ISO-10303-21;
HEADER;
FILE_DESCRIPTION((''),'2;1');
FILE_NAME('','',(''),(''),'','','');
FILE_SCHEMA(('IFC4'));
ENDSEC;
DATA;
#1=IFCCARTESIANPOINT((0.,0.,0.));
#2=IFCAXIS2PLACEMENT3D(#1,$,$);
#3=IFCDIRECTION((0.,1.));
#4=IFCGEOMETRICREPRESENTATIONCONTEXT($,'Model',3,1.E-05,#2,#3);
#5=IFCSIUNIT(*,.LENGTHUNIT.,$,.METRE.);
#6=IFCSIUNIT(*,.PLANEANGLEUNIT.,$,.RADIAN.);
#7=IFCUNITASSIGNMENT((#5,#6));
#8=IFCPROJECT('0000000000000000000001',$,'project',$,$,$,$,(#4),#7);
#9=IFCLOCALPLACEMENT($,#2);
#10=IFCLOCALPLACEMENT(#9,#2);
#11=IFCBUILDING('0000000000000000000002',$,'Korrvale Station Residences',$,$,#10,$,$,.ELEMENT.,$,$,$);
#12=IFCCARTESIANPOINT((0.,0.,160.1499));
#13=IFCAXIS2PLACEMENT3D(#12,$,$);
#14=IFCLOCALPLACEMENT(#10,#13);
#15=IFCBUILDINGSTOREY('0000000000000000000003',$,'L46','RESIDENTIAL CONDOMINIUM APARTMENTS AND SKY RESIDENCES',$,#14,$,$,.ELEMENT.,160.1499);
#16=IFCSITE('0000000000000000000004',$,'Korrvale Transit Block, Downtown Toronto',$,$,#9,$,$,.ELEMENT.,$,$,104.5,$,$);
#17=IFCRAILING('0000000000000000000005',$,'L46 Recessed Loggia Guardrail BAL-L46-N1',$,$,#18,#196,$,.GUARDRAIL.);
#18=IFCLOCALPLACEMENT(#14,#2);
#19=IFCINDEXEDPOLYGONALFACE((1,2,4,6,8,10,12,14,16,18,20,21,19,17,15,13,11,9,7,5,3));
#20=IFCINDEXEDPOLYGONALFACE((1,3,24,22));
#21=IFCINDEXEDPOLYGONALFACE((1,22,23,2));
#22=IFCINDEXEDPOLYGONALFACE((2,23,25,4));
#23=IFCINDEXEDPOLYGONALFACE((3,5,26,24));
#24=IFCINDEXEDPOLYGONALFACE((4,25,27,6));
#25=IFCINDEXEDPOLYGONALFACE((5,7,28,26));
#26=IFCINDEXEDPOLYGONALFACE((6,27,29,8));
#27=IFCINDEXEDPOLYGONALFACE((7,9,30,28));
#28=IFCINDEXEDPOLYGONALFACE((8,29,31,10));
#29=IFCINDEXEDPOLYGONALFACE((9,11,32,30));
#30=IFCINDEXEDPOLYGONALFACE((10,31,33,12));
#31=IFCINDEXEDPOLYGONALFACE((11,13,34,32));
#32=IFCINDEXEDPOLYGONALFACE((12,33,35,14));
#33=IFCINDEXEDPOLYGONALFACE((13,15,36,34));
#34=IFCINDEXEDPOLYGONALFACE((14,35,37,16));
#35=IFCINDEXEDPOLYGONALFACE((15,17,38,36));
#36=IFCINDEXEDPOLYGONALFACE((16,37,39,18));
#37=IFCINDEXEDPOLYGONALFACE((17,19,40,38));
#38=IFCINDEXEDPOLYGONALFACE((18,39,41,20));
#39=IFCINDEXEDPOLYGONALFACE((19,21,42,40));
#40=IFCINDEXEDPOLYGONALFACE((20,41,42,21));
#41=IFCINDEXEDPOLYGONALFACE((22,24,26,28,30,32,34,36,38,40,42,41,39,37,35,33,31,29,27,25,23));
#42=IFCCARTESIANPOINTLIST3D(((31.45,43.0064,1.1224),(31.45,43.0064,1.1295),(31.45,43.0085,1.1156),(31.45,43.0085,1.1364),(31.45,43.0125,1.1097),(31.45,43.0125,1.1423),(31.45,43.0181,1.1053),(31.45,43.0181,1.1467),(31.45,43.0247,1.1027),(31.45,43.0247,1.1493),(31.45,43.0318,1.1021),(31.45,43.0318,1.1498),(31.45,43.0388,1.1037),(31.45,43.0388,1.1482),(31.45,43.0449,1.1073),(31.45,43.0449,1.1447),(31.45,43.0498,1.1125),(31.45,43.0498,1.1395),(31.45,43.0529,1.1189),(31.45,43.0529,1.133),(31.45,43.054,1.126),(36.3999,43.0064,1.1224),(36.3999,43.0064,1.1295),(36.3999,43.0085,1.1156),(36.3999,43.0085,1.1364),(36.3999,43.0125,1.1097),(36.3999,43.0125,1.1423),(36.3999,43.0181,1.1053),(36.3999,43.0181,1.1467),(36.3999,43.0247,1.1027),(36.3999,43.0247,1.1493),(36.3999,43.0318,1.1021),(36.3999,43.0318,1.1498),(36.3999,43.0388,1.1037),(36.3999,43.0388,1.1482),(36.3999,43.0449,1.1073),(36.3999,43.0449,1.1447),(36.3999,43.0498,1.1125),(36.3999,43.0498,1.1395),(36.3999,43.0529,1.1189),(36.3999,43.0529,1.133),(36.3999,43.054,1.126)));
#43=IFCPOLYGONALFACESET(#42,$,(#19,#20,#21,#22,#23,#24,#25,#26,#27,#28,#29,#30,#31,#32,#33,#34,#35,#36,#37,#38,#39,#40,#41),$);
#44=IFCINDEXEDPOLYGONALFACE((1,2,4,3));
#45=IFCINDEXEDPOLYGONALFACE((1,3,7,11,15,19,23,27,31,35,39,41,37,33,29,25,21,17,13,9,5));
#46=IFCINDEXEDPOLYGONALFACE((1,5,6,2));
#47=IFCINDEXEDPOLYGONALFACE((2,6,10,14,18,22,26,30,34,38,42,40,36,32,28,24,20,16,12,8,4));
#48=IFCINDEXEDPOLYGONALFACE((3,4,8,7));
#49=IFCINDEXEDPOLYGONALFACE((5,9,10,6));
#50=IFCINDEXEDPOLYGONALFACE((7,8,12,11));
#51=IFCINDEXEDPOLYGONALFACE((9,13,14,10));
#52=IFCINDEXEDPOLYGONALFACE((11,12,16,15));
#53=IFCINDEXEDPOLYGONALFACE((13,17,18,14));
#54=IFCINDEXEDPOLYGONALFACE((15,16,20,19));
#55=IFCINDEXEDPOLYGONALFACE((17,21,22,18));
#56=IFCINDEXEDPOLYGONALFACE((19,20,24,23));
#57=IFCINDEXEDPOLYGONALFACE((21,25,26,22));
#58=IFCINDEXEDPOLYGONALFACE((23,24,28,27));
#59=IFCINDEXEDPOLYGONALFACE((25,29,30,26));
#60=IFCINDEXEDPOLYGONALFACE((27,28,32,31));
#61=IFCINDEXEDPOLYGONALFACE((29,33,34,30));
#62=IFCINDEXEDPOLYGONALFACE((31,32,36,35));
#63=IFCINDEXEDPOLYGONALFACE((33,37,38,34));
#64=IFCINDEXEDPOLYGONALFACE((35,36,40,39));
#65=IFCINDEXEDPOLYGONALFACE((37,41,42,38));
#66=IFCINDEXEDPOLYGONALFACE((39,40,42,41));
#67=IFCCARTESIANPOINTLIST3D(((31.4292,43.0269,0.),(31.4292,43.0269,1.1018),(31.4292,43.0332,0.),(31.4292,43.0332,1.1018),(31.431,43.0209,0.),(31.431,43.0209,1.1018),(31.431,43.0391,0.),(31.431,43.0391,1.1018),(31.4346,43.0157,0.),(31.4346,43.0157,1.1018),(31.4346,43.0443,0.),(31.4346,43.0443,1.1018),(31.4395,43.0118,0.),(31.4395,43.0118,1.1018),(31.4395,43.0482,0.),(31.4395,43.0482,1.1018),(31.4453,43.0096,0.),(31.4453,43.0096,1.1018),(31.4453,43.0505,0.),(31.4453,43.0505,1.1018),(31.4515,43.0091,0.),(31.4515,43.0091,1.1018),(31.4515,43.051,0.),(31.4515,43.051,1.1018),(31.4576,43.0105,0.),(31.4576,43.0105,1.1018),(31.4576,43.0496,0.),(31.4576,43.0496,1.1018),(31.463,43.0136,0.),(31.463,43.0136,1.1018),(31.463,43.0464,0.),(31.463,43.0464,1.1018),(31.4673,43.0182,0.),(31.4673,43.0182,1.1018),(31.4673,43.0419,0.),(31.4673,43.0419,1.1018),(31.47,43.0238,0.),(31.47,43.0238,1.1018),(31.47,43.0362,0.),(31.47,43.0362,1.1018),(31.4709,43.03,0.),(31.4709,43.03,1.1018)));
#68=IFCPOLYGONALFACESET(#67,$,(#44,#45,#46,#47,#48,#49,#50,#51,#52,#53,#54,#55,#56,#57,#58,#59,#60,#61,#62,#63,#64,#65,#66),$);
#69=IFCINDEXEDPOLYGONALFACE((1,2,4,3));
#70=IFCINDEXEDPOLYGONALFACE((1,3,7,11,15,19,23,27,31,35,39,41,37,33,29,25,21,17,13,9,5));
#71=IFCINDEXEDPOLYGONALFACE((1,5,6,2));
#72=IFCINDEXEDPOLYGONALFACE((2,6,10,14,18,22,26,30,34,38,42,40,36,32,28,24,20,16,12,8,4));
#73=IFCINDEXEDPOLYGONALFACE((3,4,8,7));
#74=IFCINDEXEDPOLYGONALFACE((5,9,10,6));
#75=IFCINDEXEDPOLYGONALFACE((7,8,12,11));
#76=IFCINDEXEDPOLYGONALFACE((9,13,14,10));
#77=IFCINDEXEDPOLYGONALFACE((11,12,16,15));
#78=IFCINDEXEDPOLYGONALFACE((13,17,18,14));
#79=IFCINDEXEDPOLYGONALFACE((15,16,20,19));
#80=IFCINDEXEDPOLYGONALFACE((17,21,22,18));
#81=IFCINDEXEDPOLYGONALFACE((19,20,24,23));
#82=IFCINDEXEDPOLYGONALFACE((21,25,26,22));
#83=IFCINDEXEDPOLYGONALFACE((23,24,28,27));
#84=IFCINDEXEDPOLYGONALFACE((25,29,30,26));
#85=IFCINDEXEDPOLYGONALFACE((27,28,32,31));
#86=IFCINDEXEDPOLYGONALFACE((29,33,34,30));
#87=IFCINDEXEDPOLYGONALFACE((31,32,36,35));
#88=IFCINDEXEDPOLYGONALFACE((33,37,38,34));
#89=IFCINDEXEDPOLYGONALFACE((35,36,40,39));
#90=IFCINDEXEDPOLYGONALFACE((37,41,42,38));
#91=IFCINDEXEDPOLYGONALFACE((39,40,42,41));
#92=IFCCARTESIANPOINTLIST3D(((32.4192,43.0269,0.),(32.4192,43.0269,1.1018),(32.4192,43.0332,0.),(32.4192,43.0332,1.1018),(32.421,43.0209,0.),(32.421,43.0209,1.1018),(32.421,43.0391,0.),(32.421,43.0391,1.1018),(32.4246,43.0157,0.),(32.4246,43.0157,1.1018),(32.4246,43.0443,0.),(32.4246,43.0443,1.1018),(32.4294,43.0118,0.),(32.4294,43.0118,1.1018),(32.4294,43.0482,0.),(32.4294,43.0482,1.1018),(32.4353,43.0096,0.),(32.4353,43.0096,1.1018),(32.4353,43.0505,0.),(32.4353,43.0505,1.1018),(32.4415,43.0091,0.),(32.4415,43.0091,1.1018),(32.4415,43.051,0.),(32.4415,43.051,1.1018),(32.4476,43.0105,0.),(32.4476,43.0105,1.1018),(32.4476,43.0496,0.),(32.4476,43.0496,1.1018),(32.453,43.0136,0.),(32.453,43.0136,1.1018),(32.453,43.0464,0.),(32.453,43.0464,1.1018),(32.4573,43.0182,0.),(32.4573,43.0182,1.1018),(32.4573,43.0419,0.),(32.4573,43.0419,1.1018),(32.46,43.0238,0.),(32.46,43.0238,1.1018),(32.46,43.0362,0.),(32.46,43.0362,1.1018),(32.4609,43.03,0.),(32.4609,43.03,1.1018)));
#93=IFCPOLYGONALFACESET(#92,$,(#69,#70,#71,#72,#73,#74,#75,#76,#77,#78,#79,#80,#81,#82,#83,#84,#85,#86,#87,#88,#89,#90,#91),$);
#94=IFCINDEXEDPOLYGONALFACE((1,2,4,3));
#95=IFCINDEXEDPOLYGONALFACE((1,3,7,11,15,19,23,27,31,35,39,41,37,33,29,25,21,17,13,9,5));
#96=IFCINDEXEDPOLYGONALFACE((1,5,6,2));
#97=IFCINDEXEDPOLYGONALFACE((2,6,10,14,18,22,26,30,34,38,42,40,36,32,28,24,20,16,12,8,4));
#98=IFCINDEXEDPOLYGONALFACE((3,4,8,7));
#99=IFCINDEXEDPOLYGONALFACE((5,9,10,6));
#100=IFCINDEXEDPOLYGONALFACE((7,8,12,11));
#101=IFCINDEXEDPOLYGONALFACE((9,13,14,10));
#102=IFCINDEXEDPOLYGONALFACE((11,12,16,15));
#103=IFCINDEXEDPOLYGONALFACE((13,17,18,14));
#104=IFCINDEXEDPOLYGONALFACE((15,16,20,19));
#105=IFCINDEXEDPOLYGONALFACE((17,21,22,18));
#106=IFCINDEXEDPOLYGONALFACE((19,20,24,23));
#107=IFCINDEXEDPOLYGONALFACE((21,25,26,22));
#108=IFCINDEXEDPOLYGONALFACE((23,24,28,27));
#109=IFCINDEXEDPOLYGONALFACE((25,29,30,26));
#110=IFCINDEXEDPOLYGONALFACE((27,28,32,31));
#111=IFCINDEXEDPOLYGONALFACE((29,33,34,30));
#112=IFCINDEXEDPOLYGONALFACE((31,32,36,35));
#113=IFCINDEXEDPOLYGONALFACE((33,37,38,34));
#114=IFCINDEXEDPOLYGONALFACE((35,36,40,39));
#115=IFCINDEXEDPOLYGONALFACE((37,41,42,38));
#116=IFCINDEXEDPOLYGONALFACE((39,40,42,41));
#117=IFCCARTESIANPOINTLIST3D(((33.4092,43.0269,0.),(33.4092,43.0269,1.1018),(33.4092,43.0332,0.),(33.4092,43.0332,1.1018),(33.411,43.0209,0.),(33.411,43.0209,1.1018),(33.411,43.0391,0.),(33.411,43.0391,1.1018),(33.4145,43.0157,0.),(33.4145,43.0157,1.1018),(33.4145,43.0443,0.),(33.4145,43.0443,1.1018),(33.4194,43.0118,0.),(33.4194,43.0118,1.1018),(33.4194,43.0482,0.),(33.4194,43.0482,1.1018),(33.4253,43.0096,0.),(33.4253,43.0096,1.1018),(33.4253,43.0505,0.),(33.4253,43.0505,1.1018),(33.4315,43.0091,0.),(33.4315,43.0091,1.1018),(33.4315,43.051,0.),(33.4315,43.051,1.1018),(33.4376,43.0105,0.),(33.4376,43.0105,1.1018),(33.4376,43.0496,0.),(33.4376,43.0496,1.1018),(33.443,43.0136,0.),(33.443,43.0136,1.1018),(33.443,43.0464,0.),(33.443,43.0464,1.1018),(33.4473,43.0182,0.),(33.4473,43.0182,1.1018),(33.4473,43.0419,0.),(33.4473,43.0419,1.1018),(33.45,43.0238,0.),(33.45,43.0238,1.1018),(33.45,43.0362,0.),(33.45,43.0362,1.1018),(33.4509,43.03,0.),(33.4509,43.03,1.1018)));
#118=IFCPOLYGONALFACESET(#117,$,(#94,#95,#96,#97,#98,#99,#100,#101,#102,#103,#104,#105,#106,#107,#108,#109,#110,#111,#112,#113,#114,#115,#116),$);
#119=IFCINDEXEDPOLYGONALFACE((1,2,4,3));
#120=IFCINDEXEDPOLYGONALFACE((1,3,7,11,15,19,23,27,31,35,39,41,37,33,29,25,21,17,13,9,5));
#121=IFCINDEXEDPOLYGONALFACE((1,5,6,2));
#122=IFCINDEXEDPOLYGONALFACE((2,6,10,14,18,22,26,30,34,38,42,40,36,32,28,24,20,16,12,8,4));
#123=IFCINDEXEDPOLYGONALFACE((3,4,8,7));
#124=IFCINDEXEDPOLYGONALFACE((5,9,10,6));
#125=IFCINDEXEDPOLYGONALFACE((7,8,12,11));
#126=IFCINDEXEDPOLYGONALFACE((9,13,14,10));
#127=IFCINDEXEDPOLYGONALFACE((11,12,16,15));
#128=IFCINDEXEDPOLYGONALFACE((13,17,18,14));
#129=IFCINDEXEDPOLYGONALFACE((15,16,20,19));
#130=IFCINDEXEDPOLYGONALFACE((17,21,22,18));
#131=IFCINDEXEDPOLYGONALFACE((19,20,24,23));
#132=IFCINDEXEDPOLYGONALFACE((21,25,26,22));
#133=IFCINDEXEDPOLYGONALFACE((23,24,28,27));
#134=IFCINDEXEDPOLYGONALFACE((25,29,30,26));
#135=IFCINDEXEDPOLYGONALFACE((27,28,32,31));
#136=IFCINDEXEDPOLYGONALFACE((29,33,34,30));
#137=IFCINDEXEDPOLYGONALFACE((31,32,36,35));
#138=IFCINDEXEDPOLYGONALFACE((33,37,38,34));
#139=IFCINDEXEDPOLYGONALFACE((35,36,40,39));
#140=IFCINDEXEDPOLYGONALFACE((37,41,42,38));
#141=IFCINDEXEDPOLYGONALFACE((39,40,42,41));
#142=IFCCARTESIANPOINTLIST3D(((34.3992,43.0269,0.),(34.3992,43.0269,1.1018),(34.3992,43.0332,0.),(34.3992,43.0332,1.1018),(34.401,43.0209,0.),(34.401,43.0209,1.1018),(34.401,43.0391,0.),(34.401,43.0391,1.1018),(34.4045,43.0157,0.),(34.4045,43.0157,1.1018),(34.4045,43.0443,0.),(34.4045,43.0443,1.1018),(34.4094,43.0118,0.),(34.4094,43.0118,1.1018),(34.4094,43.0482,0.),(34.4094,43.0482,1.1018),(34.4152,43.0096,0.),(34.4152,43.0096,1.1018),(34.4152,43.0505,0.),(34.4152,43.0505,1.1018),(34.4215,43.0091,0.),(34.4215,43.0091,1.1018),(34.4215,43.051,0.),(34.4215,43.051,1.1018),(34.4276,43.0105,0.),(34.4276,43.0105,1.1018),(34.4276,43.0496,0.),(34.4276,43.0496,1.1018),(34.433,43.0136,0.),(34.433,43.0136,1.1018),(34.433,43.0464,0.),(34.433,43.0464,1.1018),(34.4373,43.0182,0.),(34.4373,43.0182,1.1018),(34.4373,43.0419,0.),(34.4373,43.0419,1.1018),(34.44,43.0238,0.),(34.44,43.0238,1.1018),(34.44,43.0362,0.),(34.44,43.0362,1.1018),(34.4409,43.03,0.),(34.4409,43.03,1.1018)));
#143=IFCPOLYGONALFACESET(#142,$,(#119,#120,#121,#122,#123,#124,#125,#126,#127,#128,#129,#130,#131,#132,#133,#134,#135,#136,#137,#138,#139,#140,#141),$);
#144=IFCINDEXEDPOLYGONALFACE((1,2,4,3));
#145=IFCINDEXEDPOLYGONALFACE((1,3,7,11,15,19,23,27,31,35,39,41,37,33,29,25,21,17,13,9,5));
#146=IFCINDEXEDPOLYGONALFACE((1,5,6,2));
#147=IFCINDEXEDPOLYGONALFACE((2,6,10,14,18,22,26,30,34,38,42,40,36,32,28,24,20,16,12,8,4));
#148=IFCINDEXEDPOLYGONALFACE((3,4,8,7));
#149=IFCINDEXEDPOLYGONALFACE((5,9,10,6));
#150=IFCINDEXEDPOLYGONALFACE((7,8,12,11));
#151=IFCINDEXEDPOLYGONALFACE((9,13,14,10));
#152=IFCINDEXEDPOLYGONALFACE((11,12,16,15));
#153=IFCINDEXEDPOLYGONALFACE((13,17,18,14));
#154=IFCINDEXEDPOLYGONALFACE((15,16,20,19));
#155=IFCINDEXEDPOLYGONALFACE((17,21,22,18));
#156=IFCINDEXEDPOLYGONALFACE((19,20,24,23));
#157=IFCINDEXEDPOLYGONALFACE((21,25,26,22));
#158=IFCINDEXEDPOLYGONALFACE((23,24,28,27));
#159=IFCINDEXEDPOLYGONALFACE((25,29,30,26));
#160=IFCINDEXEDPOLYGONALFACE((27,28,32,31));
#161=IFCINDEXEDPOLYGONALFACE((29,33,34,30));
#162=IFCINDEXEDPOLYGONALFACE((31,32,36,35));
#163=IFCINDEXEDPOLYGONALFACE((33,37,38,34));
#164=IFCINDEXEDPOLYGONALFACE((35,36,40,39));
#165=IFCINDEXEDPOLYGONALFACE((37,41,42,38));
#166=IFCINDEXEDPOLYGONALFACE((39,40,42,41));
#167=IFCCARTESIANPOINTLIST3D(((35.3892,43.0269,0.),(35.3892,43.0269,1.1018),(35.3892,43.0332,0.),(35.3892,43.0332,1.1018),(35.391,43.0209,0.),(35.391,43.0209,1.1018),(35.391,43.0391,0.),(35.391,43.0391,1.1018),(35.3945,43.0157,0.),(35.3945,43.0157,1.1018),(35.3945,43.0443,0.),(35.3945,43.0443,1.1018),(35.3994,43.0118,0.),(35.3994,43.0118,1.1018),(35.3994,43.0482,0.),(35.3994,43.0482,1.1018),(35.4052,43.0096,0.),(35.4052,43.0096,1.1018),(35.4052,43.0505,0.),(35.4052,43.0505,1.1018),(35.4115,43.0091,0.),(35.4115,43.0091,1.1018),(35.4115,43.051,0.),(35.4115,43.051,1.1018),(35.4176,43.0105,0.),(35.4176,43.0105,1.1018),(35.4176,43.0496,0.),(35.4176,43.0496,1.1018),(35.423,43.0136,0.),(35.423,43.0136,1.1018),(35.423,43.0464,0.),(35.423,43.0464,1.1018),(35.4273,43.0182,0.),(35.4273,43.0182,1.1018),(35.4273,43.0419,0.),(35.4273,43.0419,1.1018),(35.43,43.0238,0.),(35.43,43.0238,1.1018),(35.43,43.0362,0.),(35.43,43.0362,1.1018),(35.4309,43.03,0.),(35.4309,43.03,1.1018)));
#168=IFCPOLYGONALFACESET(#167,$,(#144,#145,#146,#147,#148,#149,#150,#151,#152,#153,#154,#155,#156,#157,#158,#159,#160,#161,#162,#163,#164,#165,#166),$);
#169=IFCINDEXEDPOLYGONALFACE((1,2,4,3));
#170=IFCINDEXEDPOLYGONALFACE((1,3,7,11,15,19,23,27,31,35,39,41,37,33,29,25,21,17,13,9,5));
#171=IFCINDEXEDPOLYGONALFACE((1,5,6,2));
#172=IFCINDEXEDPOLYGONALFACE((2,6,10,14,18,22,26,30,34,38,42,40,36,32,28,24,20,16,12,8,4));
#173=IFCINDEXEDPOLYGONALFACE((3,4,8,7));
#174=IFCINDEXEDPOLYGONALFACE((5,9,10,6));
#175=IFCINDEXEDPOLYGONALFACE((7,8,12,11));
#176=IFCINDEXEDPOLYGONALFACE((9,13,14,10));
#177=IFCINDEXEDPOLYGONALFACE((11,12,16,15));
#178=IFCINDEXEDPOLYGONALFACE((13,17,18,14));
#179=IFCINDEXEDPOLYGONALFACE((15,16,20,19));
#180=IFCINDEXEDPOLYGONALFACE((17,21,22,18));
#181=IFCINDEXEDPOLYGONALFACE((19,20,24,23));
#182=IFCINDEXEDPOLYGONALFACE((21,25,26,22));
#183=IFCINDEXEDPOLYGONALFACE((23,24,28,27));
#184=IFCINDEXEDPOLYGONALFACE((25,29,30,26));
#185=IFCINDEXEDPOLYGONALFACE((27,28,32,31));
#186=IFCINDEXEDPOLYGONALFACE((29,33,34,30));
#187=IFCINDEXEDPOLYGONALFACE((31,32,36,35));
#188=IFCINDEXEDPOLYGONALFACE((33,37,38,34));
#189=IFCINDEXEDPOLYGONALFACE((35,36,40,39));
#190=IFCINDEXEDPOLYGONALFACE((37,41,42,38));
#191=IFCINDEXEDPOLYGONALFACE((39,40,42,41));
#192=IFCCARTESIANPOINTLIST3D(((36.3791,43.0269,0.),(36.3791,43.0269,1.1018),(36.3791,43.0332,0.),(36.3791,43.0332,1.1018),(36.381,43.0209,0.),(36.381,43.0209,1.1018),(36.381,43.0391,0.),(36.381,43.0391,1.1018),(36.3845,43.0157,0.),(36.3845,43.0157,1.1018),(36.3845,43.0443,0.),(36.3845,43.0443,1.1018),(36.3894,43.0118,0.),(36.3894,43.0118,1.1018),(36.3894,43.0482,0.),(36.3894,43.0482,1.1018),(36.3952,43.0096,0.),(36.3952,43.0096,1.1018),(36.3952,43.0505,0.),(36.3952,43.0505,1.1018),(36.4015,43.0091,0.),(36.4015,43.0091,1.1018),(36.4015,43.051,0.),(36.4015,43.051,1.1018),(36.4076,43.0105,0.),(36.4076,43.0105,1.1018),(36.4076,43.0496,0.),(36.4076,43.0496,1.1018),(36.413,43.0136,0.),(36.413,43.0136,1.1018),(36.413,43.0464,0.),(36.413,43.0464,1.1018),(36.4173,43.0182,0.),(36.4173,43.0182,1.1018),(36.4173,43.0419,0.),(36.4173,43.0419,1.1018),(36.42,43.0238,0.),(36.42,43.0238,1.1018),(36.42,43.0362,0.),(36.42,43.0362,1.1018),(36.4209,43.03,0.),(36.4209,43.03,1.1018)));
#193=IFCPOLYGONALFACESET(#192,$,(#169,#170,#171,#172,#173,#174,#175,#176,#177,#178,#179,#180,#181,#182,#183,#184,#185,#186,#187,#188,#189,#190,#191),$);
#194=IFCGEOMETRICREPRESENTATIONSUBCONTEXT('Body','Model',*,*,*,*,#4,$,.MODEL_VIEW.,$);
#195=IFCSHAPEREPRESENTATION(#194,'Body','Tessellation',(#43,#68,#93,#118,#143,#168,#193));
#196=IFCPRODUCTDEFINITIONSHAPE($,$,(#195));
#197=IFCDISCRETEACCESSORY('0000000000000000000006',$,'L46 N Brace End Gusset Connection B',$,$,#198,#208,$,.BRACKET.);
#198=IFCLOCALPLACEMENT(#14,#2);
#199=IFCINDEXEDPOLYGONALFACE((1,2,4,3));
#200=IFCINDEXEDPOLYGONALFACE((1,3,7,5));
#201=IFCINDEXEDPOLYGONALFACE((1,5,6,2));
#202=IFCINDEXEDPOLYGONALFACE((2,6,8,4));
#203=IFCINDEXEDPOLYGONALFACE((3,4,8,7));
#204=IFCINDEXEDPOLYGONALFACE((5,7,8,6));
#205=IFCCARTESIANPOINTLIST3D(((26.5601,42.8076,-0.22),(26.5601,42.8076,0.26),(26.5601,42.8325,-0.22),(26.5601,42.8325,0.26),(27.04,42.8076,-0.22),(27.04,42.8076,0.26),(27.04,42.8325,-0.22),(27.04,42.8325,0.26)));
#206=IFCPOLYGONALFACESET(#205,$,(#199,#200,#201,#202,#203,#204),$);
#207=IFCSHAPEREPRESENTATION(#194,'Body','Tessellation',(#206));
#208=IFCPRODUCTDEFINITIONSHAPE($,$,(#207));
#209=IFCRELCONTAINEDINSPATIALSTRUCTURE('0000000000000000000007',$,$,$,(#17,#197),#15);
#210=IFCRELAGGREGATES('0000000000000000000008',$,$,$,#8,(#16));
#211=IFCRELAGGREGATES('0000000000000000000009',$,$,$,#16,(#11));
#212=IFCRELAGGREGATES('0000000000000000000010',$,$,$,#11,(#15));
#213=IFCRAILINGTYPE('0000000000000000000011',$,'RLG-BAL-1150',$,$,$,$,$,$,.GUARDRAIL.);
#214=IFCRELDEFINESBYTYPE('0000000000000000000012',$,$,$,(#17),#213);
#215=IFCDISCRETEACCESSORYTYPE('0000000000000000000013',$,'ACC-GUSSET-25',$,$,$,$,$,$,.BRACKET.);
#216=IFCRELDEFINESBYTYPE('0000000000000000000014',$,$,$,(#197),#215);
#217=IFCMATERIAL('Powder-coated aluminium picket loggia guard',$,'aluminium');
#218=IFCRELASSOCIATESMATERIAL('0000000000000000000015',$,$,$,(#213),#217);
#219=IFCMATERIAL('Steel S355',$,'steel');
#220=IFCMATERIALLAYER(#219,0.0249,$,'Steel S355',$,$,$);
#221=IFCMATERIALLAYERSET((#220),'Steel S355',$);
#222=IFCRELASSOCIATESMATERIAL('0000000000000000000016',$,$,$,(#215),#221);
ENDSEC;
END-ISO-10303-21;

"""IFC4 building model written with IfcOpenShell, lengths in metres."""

from ifc_helpers import new_model, si_unit, direction, frame, origin, origin_2d, place, context, subcontext, project, spatial, rectangle, circle, extrude, material, layer, layer_set, type_object, element, save


model = new_model("IFC4")

# Units and contexts
model_context = context("Model", 3, precision=1e-05, world=origin(), true_north=direction((0.0, 1.0)))
body_context = subcontext(model_context, "Body", "Model", "MODEL_VIEW")
ifc_project = project(units=[si_unit("LENGTHUNIT", "METRE"), si_unit("PLANEANGLEUNIT", "RADIAN")], contexts=[model_context])

# Site, building, storey
site_placement = place(None, origin())
site = spatial("IfcSite", under=ifc_project, at=site_placement, Name="Korrvale Transit Block, Downtown Toronto", CompositionType="ELEMENT", RefElevation=104.5)
building_placement = place(site_placement, origin())
building = spatial("IfcBuilding", under=site, at=building_placement, Name="Korrvale Station Residences", CompositionType="ELEMENT")
storey_placement = place(building_placement, frame((0.0, 0.0, 160.1499)))
storey = spatial("IfcBuildingStorey", under=building, at=storey_placement, Name="L46", Description="RESIDENTIAL CONDOMINIUM APARTMENTS AND SKY RESIDENCES", CompositionType="ELEMENT", Elevation=160.1499)

# Shared definitions
ifc_material_1 = material(Name="Steel S355", Category="steel")

# Railing
ifc_material_2 = material(Name="Powder-coated aluminium picket loggia guard", Category="aluminium")
railing_type = type_object("IfcRailingType", Name="RLG-BAL-1150", PredefinedType="GUARDRAIL", material=ifc_material_2)
railing_placement = place(storey_placement, frame((31.45, 43.03, 0.0)))
element("IfcRailing", 1, at=railing_placement, inside=storey, type_object=railing_type, Name="L46 Recessed Loggia Guardrail BAL-L46-N1", PredefinedType="GUARDRAIL", context=body_context, shape_type="SweptSolid", body=[
    extrude(circle(Radius=0.0239, at=origin_2d()), frame((0.0, 0.0, 1.126), z_axis=(1.0, 0.0, 0.0), x_axis=(0.0, 1.0, 0.0)), (0.0, 0.0, 1.0), 4.95),
    extrude(circle(Radius=0.021, at=origin_2d()), origin(), (0.0, 0.0, 1.0), 1.1018),
    extrude(circle(Radius=0.021, at=origin_2d()), frame((0.99, 0.0, 0.0)), (0.0, 0.0, 1.0), 1.1018),
    extrude(circle(Radius=0.021, at=origin_2d()), frame((1.98, 0.0, 0.0)), (0.0, 0.0, 1.0), 1.1018),
    extrude(circle(Radius=0.021, at=origin_2d()), frame((2.97, 0.0, 0.0)), (0.0, 0.0, 1.0), 1.1018),
    extrude(circle(Radius=0.021, at=origin_2d()), frame((3.96, 0.0, 0.0)), (0.0, 0.0, 1.0), 1.1018),
    extrude(circle(Radius=0.021, at=origin_2d()), frame((4.95, 0.0, 0.0)), (0.0, 0.0, 1.0), 1.1018),
])

# Discrete accessory
ifc_layer_1 = layer(ifc_material_1, 0.0249, Name="Steel S355")
ifc_layer_set_1 = layer_set([ifc_layer_1], Name="Steel S355")
discrete_accessory_type = type_object("IfcDiscreteAccessoryType", Name="ACC-GUSSET-25", PredefinedType="BRACKET", material=ifc_layer_set_1)
for number, where, z_axis, x_axis, name in (
    (2, (26.8, 42.8201, -0.22), (0.0, 0.0, 1.0), (1.0, 0.0, 0.0), "L46 N Brace End Gusset Connection B"),
):
    element("IfcDiscreteAccessory", number, at=place(storey_placement, frame(where, z_axis=z_axis, x_axis=x_axis)), inside=storey, type_object=discrete_accessory_type, Name=name, PredefinedType="BRACKET", context=body_context, shape_type="SweptSolid", body=[
        extrude(rectangle(XDim=0.48, YDim=0.0249, at=origin_2d()), origin(), (0.0, 0.0, 1.0), 0.48),
    ])

save(model, "model.ifc")
